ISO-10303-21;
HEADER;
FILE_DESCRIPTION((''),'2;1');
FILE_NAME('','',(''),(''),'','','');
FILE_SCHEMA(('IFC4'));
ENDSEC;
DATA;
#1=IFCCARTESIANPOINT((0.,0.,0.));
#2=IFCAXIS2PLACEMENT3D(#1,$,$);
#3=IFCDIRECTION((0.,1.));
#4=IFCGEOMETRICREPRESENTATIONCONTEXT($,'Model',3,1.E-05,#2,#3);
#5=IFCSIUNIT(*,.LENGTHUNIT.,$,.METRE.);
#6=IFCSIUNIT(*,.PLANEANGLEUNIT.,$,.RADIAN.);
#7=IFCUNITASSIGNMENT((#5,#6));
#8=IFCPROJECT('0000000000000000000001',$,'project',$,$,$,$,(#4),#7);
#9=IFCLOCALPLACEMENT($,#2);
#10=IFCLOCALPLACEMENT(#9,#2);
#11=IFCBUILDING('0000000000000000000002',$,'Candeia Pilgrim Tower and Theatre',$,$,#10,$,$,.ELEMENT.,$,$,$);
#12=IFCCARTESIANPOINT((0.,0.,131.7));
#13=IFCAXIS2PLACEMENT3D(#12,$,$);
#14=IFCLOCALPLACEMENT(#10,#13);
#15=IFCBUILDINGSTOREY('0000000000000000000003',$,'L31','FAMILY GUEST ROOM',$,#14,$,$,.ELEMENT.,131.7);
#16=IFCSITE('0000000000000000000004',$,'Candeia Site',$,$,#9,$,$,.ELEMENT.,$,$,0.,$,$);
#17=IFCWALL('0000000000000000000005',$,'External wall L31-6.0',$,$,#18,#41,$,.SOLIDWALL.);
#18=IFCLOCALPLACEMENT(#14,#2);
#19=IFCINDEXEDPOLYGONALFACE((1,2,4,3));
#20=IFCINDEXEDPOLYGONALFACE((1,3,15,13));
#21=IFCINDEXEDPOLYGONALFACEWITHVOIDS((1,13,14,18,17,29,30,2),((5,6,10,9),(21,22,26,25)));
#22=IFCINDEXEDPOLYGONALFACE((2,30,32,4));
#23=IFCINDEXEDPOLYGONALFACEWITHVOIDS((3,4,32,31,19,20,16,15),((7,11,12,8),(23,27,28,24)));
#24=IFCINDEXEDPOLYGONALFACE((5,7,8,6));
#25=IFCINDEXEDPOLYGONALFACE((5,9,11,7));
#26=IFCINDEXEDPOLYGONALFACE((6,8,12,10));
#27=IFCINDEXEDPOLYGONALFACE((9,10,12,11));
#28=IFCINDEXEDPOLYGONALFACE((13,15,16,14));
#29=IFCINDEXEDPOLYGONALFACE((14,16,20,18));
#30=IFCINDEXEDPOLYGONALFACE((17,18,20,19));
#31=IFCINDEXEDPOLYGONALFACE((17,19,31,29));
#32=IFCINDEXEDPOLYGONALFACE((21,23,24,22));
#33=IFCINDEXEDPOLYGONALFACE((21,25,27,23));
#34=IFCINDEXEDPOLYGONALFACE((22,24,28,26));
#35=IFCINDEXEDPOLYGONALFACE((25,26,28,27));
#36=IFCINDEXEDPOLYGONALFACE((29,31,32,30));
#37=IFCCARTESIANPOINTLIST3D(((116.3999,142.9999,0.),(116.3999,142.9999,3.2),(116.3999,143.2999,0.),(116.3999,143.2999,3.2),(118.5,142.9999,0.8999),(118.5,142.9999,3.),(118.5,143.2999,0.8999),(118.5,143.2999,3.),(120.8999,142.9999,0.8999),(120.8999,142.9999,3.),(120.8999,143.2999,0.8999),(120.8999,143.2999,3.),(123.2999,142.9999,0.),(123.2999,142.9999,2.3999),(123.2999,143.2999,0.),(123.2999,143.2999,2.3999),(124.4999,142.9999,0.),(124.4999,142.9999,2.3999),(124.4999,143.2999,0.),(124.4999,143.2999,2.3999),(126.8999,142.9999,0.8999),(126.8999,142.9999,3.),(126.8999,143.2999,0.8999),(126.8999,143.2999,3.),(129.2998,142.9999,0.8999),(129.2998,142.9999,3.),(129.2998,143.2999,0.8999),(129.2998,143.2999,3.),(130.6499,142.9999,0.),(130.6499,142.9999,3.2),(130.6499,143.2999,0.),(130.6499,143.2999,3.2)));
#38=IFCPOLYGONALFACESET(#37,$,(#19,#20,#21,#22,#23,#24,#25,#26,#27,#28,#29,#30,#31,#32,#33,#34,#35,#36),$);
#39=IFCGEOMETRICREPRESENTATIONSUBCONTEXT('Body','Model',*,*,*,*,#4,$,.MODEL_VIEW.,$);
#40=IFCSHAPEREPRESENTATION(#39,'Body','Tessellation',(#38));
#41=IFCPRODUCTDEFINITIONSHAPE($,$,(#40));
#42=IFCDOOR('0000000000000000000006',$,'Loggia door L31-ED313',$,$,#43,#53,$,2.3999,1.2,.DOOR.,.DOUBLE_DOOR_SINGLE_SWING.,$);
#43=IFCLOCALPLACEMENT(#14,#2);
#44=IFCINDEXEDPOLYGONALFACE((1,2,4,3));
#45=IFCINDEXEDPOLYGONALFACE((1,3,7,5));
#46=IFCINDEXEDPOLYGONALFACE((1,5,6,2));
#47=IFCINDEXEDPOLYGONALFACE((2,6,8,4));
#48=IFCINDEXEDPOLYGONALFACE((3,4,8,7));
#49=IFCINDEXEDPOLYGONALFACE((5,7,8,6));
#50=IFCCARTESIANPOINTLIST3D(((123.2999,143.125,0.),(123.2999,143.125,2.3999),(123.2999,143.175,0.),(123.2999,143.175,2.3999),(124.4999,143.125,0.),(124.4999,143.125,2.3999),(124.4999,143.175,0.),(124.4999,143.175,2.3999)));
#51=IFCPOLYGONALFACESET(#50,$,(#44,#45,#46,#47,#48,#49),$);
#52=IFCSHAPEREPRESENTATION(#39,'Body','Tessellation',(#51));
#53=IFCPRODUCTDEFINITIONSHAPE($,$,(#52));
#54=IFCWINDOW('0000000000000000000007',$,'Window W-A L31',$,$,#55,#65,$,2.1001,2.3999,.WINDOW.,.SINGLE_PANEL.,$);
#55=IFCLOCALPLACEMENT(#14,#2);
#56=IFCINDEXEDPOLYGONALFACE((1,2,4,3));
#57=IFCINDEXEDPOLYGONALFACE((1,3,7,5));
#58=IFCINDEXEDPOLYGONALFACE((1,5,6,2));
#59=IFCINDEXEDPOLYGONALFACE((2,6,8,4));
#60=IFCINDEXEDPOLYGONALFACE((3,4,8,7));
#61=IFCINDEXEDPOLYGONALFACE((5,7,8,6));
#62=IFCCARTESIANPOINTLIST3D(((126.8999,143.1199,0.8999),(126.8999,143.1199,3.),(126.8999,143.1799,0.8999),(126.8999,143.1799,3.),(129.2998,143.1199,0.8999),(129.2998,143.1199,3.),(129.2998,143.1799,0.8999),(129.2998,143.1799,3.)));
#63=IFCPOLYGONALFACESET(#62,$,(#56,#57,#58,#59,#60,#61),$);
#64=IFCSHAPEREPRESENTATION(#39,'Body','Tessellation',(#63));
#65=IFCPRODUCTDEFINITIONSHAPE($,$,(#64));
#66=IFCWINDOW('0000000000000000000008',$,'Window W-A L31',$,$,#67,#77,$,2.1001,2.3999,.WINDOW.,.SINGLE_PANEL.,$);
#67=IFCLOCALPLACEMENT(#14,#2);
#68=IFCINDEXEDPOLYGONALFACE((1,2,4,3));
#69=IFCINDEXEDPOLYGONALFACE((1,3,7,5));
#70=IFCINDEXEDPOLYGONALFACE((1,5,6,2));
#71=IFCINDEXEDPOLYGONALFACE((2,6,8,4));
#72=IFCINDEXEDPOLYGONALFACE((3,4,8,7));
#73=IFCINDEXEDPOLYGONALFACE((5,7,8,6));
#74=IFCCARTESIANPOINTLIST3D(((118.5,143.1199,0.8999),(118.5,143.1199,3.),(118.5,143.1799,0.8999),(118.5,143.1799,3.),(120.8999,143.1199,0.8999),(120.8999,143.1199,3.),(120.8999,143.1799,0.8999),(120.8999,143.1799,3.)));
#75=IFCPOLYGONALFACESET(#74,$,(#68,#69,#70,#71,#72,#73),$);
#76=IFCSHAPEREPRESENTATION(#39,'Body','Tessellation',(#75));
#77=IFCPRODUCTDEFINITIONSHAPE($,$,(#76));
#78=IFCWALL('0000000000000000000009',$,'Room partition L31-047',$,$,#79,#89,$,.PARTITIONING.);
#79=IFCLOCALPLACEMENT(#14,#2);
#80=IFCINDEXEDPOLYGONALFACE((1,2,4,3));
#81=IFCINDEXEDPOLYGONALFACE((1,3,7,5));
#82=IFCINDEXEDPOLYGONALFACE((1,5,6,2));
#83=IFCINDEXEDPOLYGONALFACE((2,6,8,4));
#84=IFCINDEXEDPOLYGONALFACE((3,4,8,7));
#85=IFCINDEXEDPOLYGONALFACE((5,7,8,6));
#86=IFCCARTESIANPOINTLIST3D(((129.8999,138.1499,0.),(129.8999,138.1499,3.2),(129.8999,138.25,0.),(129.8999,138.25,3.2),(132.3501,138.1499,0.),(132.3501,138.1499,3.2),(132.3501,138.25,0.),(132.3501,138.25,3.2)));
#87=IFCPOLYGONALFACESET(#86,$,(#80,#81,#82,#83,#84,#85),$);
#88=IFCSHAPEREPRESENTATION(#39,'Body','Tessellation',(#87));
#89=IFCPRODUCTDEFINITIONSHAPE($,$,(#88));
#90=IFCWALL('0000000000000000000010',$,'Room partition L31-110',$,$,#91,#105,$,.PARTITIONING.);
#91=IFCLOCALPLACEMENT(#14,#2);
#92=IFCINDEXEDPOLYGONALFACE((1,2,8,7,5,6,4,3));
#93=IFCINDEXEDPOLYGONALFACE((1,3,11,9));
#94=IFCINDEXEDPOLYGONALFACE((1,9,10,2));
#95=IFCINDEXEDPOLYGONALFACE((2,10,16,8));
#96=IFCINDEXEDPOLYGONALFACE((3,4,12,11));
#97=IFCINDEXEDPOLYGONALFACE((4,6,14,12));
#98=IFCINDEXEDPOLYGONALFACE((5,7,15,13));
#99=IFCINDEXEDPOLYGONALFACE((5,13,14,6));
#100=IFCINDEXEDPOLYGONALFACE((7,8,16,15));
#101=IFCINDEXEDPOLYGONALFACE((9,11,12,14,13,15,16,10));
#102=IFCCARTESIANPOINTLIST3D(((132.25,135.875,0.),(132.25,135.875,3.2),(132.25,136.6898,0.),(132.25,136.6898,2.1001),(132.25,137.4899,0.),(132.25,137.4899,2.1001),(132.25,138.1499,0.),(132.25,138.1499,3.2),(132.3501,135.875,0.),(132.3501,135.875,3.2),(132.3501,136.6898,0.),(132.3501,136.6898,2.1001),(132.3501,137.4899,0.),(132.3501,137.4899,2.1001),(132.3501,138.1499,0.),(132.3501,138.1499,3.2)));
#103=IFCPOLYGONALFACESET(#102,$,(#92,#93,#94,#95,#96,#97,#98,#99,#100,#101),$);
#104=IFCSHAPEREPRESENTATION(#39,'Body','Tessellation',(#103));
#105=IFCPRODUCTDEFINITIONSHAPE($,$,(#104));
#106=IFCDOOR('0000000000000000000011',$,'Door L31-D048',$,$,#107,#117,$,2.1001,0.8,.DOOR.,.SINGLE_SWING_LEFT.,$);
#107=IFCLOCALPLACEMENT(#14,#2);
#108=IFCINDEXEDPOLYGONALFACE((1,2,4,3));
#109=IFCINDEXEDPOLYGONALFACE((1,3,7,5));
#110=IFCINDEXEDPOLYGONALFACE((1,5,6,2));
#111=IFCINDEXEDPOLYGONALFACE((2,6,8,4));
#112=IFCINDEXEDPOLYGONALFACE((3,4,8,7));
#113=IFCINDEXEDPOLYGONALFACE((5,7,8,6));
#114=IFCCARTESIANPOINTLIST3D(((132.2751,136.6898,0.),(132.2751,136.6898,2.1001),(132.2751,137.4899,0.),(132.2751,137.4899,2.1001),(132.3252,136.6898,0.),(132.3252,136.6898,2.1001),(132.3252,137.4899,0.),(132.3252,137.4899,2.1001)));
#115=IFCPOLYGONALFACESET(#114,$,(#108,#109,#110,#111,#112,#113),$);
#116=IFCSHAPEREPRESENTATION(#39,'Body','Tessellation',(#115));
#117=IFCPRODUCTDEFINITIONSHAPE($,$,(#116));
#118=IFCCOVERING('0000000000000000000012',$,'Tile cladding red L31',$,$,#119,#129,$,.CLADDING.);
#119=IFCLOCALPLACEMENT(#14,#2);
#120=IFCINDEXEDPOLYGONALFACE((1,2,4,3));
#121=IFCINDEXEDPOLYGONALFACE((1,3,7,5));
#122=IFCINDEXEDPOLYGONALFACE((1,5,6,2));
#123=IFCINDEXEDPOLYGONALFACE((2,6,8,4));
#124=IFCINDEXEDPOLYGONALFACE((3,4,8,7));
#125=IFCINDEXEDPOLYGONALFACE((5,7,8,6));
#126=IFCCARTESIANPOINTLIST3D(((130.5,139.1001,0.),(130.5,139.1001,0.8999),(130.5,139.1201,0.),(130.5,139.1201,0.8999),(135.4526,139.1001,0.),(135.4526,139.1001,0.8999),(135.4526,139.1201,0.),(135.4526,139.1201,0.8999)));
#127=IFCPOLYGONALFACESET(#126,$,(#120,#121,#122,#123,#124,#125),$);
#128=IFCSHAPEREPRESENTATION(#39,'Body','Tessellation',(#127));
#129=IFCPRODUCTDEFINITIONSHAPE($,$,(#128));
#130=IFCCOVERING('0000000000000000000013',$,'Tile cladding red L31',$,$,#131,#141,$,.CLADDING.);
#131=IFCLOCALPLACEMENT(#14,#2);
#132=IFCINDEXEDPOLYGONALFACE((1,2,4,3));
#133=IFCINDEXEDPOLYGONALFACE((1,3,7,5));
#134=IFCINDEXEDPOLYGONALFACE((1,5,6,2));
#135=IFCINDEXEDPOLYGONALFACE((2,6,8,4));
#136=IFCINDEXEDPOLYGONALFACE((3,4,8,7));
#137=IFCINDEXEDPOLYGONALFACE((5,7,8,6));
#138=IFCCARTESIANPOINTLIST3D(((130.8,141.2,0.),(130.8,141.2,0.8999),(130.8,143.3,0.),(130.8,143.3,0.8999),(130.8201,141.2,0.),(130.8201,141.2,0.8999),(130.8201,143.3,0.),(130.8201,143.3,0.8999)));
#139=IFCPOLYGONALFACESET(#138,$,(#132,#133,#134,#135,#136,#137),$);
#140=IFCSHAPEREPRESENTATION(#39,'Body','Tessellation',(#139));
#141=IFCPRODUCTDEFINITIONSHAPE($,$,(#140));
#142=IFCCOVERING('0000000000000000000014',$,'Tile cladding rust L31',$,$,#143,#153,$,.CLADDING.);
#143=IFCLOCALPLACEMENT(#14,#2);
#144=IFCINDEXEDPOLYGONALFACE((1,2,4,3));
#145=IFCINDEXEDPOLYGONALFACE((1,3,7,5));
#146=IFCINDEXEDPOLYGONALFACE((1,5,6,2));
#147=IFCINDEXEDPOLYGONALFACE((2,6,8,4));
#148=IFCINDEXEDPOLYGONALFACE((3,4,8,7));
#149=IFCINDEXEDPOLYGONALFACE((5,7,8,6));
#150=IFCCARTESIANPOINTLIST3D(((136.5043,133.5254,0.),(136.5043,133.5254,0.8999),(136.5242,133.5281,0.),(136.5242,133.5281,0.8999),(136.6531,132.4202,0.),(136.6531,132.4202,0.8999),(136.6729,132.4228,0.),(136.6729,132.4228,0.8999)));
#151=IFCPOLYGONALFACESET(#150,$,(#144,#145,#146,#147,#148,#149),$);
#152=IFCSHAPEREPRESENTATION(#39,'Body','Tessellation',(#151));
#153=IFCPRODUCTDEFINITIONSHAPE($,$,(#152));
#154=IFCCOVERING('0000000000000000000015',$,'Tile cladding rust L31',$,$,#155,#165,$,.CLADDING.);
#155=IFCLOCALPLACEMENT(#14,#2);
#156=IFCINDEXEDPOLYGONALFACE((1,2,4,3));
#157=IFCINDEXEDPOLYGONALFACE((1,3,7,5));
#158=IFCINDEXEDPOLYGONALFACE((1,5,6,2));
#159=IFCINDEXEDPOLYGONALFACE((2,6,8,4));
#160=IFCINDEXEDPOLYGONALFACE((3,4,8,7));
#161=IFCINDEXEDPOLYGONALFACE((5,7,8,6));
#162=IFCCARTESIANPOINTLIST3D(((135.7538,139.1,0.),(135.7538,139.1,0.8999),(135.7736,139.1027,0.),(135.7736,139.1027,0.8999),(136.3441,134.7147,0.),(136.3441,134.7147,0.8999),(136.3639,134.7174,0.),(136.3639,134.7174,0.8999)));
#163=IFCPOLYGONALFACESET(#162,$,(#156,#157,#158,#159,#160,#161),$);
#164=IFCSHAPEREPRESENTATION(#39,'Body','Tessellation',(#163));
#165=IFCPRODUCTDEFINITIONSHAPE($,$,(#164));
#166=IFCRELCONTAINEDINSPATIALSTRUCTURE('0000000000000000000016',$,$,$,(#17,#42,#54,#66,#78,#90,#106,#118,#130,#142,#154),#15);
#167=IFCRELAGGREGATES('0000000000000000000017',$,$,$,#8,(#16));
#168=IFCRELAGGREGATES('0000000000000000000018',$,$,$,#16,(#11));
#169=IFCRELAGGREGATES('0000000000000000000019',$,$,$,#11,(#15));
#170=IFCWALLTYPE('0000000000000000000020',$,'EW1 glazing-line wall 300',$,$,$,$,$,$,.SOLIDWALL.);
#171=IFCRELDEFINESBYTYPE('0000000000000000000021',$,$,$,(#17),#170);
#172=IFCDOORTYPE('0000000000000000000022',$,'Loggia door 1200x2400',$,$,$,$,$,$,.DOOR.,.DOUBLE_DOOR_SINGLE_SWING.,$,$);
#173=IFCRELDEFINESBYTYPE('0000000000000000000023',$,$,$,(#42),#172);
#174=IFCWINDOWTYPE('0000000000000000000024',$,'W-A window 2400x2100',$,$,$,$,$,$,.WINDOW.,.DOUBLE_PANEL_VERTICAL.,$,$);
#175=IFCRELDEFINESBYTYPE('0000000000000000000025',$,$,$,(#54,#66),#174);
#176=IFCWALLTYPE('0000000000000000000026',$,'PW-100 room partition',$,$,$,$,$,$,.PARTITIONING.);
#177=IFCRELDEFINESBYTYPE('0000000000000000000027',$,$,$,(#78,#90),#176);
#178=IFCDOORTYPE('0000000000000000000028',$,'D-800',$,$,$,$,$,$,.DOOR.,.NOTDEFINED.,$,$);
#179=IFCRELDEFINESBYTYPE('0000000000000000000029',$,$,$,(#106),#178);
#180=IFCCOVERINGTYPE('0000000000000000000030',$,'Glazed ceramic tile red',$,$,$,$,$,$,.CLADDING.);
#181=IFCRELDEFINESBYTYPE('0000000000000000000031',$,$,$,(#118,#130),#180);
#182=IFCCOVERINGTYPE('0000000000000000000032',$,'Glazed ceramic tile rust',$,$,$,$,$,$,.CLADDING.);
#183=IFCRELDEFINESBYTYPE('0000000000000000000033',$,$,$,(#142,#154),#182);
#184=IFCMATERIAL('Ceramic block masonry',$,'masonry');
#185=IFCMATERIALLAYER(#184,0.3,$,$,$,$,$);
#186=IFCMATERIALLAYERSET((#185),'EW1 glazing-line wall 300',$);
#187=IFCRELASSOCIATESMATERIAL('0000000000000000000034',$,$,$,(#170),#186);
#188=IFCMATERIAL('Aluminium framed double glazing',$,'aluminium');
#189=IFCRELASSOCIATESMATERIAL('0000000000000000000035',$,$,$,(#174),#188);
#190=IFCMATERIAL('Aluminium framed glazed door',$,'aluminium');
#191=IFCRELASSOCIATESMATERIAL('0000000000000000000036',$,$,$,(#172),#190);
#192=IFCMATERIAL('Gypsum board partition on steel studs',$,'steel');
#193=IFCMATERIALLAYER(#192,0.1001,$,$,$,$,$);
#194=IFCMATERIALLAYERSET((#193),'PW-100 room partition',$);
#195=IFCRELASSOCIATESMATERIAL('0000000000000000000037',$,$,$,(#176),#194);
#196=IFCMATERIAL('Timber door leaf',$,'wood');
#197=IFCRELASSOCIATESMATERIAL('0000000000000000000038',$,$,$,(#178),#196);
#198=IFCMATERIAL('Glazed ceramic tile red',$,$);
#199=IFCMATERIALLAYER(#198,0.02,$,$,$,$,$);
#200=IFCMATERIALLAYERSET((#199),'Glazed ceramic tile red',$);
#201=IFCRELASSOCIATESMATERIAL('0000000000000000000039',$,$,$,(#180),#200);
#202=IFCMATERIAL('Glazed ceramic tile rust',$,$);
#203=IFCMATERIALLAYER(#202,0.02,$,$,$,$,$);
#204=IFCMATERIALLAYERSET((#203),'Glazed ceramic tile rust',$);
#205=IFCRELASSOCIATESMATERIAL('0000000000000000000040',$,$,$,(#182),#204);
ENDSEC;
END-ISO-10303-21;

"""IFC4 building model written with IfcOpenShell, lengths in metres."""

from ifc_helpers import new_model, si_unit, direction, frame, frame_2d, origin, origin_2d, place, context, subcontext, project, spatial, rectangle, extrude, material, layer, layer_set, type_object, element, fill, save


model = new_model("IFC4")

# Units and contexts
model_context = context("Model", 3, precision=1e-05, world=origin(), true_north=direction((0.0, 1.0)))
body_context = subcontext(model_context, "Body", "Model", "MODEL_VIEW")
ifc_project = project(units=[si_unit("LENGTHUNIT", "METRE"), si_unit("PLANEANGLEUNIT", "RADIAN")], contexts=[model_context])

# Site, building, storey
site_placement = place(None, origin())
site = spatial("IfcSite", under=ifc_project, at=site_placement, Name="Candeia Site", CompositionType="ELEMENT", RefElevation=0.0)
building_placement = place(site_placement, origin())
building = spatial("IfcBuilding", under=site, at=building_placement, Name="Candeia Pilgrim Tower and Theatre", CompositionType="ELEMENT")
storey_placement = place(building_placement, frame((0.0, 0.0, 131.7)))
storey = spatial("IfcBuildingStorey", under=building, at=storey_placement, Name="L31", Description="FAMILY GUEST ROOM", CompositionType="ELEMENT", Elevation=131.7)

# Shared definitions
ifc_material_1 = material(Name="Ceramic block masonry", Category="masonry")
ifc_layer_1 = layer(ifc_material_1, 0.3)
ifc_layer_set_1 = layer_set([ifc_layer_1], Name="EW1 glazing-line wall 300")
wall_type_1 = type_object("IfcWallType", Name="EW1 glazing-line wall 300", PredefinedType="SOLIDWALL", material=ifc_layer_set_1)
ifc_material_2 = material(Name="Aluminium framed double glazing", Category="aluminium")
window_type = type_object("IfcWindowType", Name="W-A window 2400x2100", PartitioningType="DOUBLE_PANEL_VERTICAL", PredefinedType="WINDOW", material=ifc_material_2)

# Wall, openings, door, windows
wall_1_placement = place(storey_placement, frame((130.6499, 143.1499, 0.0), z_axis=(0.0, 0.0, 1.0), x_axis=(-1.0, 0.0, 0.0)))
wall_1 = element("IfcWall", 1, at=wall_1_placement, inside=storey, type_object=wall_type_1, Name="External wall L31-6.0", PredefinedType="SOLIDWALL", context=body_context, shape_type="SweptSolid", body=[
    extrude(rectangle(XDim=14.25, YDim=0.3, at=frame_2d((7.125, 0.0))), origin(), (0.0, 0.0, 1.0), 3.2),
])
opening_1_placement = place(wall_1_placement, frame((1.3501, 0.0, 0.8999)))
opening_1 = element("IfcOpeningElement", 2, at=opening_1_placement, cuts=wall_1, PredefinedType="OPENING", context=body_context, shape_type="SweptSolid", body=[
    extrude(rectangle(XDim=2.3999, YDim=2.1001, at=frame_2d((1.2, 1.05))), frame((0.0, 0.1602, 0.0), z_axis=(0.0, -1.0, 0.0), x_axis=(1.0, 0.0, 0.0)), (0.0, 0.0, 1.0), 0.3201),
])
opening_2_placement = place(wall_1_placement, frame((6.1499, 0.0, 0.0)))
opening_2 = element("IfcOpeningElement", 3, at=opening_2_placement, cuts=wall_1, PredefinedType="OPENING", context=body_context, shape_type="SweptSolid", body=[
    extrude(rectangle(XDim=1.2, YDim=2.3999, at=frame_2d((0.6001, 1.2))), frame((0.0, 0.1602, 0.0), z_axis=(0.0, -1.0, 0.0), x_axis=(1.0, 0.0, 0.0)), (0.0, 0.0, 1.0), 0.3201),
])
opening_3_placement = place(wall_1_placement, frame((9.75, 0.0, 0.8999)))
opening_3 = element("IfcOpeningElement", 4, at=opening_3_placement, cuts=wall_1, PredefinedType="OPENING", context=body_context, shape_type="SweptSolid", body=[
    extrude(rectangle(XDim=2.3999, YDim=2.1001, at=frame_2d((1.2, 1.05))), frame((0.0, 0.1602, 0.0), z_axis=(0.0, -1.0, 0.0), x_axis=(1.0, 0.0, 0.0)), (0.0, 0.0, 1.0), 0.3201),
])
ifc_material_3 = material(Name="Aluminium framed glazed door", Category="aluminium")
door_type_1 = type_object("IfcDoorType", Name="Loggia door 1200x2400", OperationType="DOUBLE_DOOR_SINGLE_SWING", PredefinedType="DOOR", material=ifc_material_3)
door_1_placement = place(opening_2_placement, origin())
door_1 = element("IfcDoor", 5, at=door_1_placement, inside=storey, type_object=door_type_1, Name="Loggia door L31-ED313", OperationType="DOUBLE_DOOR_SINGLE_SWING", OverallHeight=2.3999, OverallWidth=1.2, PredefinedType="DOOR", context=body_context, shape_type="SweptSolid", body=[
    extrude(rectangle(XDim=1.2, YDim=2.3999, at=frame_2d((0.6001, 1.2))), frame((0.0, 0.0249, 0.0), z_axis=(0.0, -1.0, 0.0), x_axis=(1.0, 0.0, 0.0)), (0.0, 0.0, 1.0), 0.05),
])
fill(opening_2, door_1)
window_1_placement = place(opening_1_placement, origin())
window_1 = element("IfcWindow", 6, at=window_1_placement, inside=storey, type_object=window_type, Name="Window W-A L31", OverallHeight=2.1001, OverallWidth=2.3999, PartitioningType="SINGLE_PANEL", PredefinedType="WINDOW", context=body_context, shape_type="SweptSolid", body=[
    extrude(rectangle(XDim=2.3999, YDim=2.1001, at=frame_2d((1.2, 1.05))), frame((0.0, 0.03, 0.0), z_axis=(0.0, -1.0, 0.0), x_axis=(1.0, 0.0, 0.0)), (0.0, 0.0, 1.0), 0.0601),
])
fill(opening_1, window_1)
window_2_placement = place(opening_3_placement, origin())
window_2 = element("IfcWindow", 7, at=window_2_placement, inside=storey, type_object=window_type, Name="Window W-A L31", OverallHeight=2.1001, OverallWidth=2.3999, PartitioningType="SINGLE_PANEL", PredefinedType="WINDOW", context=body_context, shape_type="SweptSolid", body=[
    extrude(rectangle(XDim=2.3999, YDim=2.1001, at=frame_2d((1.2, 1.05))), frame((0.0, 0.03, 0.0), z_axis=(0.0, -1.0, 0.0), x_axis=(1.0, 0.0, 0.0)), (0.0, 0.0, 1.0), 0.0601),
])
fill(opening_3, window_2)

# Wall
ifc_material_4 = material(Name="Gypsum board partition on steel studs", Category="steel")
ifc_layer_2 = layer(ifc_material_4, 0.1001)
ifc_layer_set_2 = layer_set([ifc_layer_2], Name="PW-100 room partition")
wall_type_2 = type_object("IfcWallType", Name="PW-100 room partition", PredefinedType="PARTITIONING", material=ifc_layer_set_2)
wall_2_placement = place(storey_placement, frame((129.8999, 138.2, 0.0), z_axis=(0.0, 0.0, 1.0), x_axis=(1.0, 0.0, 0.0)))
element("IfcWall", 8, at=wall_2_placement, inside=storey, type_object=wall_type_2, Name="Room partition L31-047", PredefinedType="PARTITIONING", context=body_context, shape_type="SweptSolid", body=[
    extrude(rectangle(XDim=2.4502, YDim=0.1001, at=frame_2d((1.2251, 0.0))), origin(), (0.0, 0.0, 1.0), 3.2),
])

# Wall, opening, door
wall_3_placement = place(storey_placement, frame((132.3, 135.875, 0.0), z_axis=(0.0, 0.0, 1.0), x_axis=(0.0, 1.0, 0.0)))
wall_3 = element("IfcWall", 9, at=wall_3_placement, inside=storey, type_object=wall_type_2, Name="Room partition L31-110", PredefinedType="PARTITIONING", context=body_context, shape_type="SweptSolid", body=[
    extrude(rectangle(XDim=2.2749, YDim=0.1001, at=frame_2d((1.1375, 0.0))), origin(), (0.0, 0.0, 1.0), 3.2),
])
opening_4_placement = place(wall_3_placement, frame((0.8149, 0.0, 0.0)))
opening_4 = element("IfcOpeningElement", 10, at=opening_4_placement, cuts=wall_3, PredefinedType="OPENING", context=body_context, shape_type="SweptSolid", body=[
    extrude(rectangle(XDim=0.8, YDim=2.1001, at=frame_2d((0.3999, 1.05))), frame((0.0, 0.0601, 0.0), z_axis=(0.0, -1.0, 0.0), x_axis=(1.0, 0.0, 0.0)), (0.0, 0.0, 1.0), 0.1201),
])
ifc_material_5 = material(Name="Timber door leaf", Category="wood")
door_type_2 = type_object("IfcDoorType", Name="D-800", OperationType="NOTDEFINED", PredefinedType="DOOR", material=ifc_material_5)
door_2_placement = place(opening_4_placement, origin())
door_2 = element("IfcDoor", 11, at=door_2_placement, inside=storey, type_object=door_type_2, Name="Door L31-D048", OperationType="SINGLE_SWING_LEFT", OverallHeight=2.1001, OverallWidth=0.8, PredefinedType="DOOR", context=body_context, shape_type="SweptSolid", body=[
    extrude(rectangle(XDim=0.8, YDim=2.1001, at=frame_2d((0.3999, 1.05))), frame((0.0, 0.0249, 0.0), z_axis=(0.0, -1.0, 0.0), x_axis=(1.0, 0.0, 0.0)), (0.0, 0.0, 1.0), 0.05),
])
fill(opening_4, door_2)

# Coverings
ifc_material_6 = material(Name="Glazed ceramic tile red")
ifc_layer_3 = layer(ifc_material_6, 0.02)
ifc_layer_set_3 = layer_set([ifc_layer_3], Name="Glazed ceramic tile red")
covering_type_1 = type_object("IfcCoveringType", Name="Glazed ceramic tile red", PredefinedType="CLADDING", material=ifc_layer_set_3)
covering_1_placement = place(storey_placement, frame((132.9763, 139.1101, 0.0), z_axis=(0.0, 0.0, 1.0), x_axis=(-1.0, 0.0, 0.0)))
element("IfcCovering", 12, at=covering_1_placement, inside=storey, type_object=covering_type_1, Name="Tile cladding red L31", PredefinedType="CLADDING", context=body_context, shape_type="SweptSolid", body=[
    extrude(rectangle(XDim=4.9526, YDim=0.02, at=origin_2d()), origin(), (0.0, 0.0, 1.0), 0.8999),
])
covering_2_placement = place(storey_placement, frame((130.8101, 142.25, 0.0), z_axis=(0.0, 0.0, 1.0), x_axis=(0.0, 1.0, 0.0)))
element("IfcCovering", 13, at=covering_2_placement, inside=storey, type_object=covering_type_1, Name="Tile cladding red L31", PredefinedType="CLADDING", context=body_context, shape_type="SweptSolid", body=[
    extrude(rectangle(XDim=2.1001, YDim=0.02, at=origin_2d()), origin(), (0.0, 0.0, 1.0), 0.8999),
])
ifc_material_7 = material(Name="Glazed ceramic tile rust")
ifc_layer_4 = layer(ifc_material_7, 0.02)
ifc_layer_set_4 = layer_set([ifc_layer_4], Name="Glazed ceramic tile rust")
covering_type_2 = type_object("IfcCoveringType", Name="Glazed ceramic tile rust", PredefinedType="CLADDING", material=ifc_layer_set_4)
covering_3_placement = place(storey_placement, frame((136.5886, 132.9741, 0.0), z_axis=(0.0, 0.0, 1.0), x_axis=(-0.133412, 0.991061, 0.0)))
element("IfcCovering", 14, at=covering_3_placement, inside=storey, type_object=covering_type_2, Name="Tile cladding rust L31", PredefinedType="CLADDING", context=body_context, shape_type="SweptSolid", body=[
    extrude(rectangle(XDim=1.1152, YDim=0.02, at=origin_2d()), origin(), (0.0, 0.0, 1.0), 0.8999),
])
covering_4_placement = place(storey_placement, frame((136.0588, 136.9087, 0.0), z_axis=(0.0, 0.0, 1.0), x_axis=(-0.133412, 0.991061, 0.0)))
element("IfcCovering", 15, at=covering_4_placement, inside=storey, type_object=covering_type_2, Name="Tile cladding rust L31", PredefinedType="CLADDING", context=body_context, shape_type="SweptSolid", body=[
    extrude(rectangle(XDim=4.4248, YDim=0.02, at=origin_2d()), origin(), (0.0, 0.0, 1.0), 0.8999),
])

save(model, "model.ifc")
